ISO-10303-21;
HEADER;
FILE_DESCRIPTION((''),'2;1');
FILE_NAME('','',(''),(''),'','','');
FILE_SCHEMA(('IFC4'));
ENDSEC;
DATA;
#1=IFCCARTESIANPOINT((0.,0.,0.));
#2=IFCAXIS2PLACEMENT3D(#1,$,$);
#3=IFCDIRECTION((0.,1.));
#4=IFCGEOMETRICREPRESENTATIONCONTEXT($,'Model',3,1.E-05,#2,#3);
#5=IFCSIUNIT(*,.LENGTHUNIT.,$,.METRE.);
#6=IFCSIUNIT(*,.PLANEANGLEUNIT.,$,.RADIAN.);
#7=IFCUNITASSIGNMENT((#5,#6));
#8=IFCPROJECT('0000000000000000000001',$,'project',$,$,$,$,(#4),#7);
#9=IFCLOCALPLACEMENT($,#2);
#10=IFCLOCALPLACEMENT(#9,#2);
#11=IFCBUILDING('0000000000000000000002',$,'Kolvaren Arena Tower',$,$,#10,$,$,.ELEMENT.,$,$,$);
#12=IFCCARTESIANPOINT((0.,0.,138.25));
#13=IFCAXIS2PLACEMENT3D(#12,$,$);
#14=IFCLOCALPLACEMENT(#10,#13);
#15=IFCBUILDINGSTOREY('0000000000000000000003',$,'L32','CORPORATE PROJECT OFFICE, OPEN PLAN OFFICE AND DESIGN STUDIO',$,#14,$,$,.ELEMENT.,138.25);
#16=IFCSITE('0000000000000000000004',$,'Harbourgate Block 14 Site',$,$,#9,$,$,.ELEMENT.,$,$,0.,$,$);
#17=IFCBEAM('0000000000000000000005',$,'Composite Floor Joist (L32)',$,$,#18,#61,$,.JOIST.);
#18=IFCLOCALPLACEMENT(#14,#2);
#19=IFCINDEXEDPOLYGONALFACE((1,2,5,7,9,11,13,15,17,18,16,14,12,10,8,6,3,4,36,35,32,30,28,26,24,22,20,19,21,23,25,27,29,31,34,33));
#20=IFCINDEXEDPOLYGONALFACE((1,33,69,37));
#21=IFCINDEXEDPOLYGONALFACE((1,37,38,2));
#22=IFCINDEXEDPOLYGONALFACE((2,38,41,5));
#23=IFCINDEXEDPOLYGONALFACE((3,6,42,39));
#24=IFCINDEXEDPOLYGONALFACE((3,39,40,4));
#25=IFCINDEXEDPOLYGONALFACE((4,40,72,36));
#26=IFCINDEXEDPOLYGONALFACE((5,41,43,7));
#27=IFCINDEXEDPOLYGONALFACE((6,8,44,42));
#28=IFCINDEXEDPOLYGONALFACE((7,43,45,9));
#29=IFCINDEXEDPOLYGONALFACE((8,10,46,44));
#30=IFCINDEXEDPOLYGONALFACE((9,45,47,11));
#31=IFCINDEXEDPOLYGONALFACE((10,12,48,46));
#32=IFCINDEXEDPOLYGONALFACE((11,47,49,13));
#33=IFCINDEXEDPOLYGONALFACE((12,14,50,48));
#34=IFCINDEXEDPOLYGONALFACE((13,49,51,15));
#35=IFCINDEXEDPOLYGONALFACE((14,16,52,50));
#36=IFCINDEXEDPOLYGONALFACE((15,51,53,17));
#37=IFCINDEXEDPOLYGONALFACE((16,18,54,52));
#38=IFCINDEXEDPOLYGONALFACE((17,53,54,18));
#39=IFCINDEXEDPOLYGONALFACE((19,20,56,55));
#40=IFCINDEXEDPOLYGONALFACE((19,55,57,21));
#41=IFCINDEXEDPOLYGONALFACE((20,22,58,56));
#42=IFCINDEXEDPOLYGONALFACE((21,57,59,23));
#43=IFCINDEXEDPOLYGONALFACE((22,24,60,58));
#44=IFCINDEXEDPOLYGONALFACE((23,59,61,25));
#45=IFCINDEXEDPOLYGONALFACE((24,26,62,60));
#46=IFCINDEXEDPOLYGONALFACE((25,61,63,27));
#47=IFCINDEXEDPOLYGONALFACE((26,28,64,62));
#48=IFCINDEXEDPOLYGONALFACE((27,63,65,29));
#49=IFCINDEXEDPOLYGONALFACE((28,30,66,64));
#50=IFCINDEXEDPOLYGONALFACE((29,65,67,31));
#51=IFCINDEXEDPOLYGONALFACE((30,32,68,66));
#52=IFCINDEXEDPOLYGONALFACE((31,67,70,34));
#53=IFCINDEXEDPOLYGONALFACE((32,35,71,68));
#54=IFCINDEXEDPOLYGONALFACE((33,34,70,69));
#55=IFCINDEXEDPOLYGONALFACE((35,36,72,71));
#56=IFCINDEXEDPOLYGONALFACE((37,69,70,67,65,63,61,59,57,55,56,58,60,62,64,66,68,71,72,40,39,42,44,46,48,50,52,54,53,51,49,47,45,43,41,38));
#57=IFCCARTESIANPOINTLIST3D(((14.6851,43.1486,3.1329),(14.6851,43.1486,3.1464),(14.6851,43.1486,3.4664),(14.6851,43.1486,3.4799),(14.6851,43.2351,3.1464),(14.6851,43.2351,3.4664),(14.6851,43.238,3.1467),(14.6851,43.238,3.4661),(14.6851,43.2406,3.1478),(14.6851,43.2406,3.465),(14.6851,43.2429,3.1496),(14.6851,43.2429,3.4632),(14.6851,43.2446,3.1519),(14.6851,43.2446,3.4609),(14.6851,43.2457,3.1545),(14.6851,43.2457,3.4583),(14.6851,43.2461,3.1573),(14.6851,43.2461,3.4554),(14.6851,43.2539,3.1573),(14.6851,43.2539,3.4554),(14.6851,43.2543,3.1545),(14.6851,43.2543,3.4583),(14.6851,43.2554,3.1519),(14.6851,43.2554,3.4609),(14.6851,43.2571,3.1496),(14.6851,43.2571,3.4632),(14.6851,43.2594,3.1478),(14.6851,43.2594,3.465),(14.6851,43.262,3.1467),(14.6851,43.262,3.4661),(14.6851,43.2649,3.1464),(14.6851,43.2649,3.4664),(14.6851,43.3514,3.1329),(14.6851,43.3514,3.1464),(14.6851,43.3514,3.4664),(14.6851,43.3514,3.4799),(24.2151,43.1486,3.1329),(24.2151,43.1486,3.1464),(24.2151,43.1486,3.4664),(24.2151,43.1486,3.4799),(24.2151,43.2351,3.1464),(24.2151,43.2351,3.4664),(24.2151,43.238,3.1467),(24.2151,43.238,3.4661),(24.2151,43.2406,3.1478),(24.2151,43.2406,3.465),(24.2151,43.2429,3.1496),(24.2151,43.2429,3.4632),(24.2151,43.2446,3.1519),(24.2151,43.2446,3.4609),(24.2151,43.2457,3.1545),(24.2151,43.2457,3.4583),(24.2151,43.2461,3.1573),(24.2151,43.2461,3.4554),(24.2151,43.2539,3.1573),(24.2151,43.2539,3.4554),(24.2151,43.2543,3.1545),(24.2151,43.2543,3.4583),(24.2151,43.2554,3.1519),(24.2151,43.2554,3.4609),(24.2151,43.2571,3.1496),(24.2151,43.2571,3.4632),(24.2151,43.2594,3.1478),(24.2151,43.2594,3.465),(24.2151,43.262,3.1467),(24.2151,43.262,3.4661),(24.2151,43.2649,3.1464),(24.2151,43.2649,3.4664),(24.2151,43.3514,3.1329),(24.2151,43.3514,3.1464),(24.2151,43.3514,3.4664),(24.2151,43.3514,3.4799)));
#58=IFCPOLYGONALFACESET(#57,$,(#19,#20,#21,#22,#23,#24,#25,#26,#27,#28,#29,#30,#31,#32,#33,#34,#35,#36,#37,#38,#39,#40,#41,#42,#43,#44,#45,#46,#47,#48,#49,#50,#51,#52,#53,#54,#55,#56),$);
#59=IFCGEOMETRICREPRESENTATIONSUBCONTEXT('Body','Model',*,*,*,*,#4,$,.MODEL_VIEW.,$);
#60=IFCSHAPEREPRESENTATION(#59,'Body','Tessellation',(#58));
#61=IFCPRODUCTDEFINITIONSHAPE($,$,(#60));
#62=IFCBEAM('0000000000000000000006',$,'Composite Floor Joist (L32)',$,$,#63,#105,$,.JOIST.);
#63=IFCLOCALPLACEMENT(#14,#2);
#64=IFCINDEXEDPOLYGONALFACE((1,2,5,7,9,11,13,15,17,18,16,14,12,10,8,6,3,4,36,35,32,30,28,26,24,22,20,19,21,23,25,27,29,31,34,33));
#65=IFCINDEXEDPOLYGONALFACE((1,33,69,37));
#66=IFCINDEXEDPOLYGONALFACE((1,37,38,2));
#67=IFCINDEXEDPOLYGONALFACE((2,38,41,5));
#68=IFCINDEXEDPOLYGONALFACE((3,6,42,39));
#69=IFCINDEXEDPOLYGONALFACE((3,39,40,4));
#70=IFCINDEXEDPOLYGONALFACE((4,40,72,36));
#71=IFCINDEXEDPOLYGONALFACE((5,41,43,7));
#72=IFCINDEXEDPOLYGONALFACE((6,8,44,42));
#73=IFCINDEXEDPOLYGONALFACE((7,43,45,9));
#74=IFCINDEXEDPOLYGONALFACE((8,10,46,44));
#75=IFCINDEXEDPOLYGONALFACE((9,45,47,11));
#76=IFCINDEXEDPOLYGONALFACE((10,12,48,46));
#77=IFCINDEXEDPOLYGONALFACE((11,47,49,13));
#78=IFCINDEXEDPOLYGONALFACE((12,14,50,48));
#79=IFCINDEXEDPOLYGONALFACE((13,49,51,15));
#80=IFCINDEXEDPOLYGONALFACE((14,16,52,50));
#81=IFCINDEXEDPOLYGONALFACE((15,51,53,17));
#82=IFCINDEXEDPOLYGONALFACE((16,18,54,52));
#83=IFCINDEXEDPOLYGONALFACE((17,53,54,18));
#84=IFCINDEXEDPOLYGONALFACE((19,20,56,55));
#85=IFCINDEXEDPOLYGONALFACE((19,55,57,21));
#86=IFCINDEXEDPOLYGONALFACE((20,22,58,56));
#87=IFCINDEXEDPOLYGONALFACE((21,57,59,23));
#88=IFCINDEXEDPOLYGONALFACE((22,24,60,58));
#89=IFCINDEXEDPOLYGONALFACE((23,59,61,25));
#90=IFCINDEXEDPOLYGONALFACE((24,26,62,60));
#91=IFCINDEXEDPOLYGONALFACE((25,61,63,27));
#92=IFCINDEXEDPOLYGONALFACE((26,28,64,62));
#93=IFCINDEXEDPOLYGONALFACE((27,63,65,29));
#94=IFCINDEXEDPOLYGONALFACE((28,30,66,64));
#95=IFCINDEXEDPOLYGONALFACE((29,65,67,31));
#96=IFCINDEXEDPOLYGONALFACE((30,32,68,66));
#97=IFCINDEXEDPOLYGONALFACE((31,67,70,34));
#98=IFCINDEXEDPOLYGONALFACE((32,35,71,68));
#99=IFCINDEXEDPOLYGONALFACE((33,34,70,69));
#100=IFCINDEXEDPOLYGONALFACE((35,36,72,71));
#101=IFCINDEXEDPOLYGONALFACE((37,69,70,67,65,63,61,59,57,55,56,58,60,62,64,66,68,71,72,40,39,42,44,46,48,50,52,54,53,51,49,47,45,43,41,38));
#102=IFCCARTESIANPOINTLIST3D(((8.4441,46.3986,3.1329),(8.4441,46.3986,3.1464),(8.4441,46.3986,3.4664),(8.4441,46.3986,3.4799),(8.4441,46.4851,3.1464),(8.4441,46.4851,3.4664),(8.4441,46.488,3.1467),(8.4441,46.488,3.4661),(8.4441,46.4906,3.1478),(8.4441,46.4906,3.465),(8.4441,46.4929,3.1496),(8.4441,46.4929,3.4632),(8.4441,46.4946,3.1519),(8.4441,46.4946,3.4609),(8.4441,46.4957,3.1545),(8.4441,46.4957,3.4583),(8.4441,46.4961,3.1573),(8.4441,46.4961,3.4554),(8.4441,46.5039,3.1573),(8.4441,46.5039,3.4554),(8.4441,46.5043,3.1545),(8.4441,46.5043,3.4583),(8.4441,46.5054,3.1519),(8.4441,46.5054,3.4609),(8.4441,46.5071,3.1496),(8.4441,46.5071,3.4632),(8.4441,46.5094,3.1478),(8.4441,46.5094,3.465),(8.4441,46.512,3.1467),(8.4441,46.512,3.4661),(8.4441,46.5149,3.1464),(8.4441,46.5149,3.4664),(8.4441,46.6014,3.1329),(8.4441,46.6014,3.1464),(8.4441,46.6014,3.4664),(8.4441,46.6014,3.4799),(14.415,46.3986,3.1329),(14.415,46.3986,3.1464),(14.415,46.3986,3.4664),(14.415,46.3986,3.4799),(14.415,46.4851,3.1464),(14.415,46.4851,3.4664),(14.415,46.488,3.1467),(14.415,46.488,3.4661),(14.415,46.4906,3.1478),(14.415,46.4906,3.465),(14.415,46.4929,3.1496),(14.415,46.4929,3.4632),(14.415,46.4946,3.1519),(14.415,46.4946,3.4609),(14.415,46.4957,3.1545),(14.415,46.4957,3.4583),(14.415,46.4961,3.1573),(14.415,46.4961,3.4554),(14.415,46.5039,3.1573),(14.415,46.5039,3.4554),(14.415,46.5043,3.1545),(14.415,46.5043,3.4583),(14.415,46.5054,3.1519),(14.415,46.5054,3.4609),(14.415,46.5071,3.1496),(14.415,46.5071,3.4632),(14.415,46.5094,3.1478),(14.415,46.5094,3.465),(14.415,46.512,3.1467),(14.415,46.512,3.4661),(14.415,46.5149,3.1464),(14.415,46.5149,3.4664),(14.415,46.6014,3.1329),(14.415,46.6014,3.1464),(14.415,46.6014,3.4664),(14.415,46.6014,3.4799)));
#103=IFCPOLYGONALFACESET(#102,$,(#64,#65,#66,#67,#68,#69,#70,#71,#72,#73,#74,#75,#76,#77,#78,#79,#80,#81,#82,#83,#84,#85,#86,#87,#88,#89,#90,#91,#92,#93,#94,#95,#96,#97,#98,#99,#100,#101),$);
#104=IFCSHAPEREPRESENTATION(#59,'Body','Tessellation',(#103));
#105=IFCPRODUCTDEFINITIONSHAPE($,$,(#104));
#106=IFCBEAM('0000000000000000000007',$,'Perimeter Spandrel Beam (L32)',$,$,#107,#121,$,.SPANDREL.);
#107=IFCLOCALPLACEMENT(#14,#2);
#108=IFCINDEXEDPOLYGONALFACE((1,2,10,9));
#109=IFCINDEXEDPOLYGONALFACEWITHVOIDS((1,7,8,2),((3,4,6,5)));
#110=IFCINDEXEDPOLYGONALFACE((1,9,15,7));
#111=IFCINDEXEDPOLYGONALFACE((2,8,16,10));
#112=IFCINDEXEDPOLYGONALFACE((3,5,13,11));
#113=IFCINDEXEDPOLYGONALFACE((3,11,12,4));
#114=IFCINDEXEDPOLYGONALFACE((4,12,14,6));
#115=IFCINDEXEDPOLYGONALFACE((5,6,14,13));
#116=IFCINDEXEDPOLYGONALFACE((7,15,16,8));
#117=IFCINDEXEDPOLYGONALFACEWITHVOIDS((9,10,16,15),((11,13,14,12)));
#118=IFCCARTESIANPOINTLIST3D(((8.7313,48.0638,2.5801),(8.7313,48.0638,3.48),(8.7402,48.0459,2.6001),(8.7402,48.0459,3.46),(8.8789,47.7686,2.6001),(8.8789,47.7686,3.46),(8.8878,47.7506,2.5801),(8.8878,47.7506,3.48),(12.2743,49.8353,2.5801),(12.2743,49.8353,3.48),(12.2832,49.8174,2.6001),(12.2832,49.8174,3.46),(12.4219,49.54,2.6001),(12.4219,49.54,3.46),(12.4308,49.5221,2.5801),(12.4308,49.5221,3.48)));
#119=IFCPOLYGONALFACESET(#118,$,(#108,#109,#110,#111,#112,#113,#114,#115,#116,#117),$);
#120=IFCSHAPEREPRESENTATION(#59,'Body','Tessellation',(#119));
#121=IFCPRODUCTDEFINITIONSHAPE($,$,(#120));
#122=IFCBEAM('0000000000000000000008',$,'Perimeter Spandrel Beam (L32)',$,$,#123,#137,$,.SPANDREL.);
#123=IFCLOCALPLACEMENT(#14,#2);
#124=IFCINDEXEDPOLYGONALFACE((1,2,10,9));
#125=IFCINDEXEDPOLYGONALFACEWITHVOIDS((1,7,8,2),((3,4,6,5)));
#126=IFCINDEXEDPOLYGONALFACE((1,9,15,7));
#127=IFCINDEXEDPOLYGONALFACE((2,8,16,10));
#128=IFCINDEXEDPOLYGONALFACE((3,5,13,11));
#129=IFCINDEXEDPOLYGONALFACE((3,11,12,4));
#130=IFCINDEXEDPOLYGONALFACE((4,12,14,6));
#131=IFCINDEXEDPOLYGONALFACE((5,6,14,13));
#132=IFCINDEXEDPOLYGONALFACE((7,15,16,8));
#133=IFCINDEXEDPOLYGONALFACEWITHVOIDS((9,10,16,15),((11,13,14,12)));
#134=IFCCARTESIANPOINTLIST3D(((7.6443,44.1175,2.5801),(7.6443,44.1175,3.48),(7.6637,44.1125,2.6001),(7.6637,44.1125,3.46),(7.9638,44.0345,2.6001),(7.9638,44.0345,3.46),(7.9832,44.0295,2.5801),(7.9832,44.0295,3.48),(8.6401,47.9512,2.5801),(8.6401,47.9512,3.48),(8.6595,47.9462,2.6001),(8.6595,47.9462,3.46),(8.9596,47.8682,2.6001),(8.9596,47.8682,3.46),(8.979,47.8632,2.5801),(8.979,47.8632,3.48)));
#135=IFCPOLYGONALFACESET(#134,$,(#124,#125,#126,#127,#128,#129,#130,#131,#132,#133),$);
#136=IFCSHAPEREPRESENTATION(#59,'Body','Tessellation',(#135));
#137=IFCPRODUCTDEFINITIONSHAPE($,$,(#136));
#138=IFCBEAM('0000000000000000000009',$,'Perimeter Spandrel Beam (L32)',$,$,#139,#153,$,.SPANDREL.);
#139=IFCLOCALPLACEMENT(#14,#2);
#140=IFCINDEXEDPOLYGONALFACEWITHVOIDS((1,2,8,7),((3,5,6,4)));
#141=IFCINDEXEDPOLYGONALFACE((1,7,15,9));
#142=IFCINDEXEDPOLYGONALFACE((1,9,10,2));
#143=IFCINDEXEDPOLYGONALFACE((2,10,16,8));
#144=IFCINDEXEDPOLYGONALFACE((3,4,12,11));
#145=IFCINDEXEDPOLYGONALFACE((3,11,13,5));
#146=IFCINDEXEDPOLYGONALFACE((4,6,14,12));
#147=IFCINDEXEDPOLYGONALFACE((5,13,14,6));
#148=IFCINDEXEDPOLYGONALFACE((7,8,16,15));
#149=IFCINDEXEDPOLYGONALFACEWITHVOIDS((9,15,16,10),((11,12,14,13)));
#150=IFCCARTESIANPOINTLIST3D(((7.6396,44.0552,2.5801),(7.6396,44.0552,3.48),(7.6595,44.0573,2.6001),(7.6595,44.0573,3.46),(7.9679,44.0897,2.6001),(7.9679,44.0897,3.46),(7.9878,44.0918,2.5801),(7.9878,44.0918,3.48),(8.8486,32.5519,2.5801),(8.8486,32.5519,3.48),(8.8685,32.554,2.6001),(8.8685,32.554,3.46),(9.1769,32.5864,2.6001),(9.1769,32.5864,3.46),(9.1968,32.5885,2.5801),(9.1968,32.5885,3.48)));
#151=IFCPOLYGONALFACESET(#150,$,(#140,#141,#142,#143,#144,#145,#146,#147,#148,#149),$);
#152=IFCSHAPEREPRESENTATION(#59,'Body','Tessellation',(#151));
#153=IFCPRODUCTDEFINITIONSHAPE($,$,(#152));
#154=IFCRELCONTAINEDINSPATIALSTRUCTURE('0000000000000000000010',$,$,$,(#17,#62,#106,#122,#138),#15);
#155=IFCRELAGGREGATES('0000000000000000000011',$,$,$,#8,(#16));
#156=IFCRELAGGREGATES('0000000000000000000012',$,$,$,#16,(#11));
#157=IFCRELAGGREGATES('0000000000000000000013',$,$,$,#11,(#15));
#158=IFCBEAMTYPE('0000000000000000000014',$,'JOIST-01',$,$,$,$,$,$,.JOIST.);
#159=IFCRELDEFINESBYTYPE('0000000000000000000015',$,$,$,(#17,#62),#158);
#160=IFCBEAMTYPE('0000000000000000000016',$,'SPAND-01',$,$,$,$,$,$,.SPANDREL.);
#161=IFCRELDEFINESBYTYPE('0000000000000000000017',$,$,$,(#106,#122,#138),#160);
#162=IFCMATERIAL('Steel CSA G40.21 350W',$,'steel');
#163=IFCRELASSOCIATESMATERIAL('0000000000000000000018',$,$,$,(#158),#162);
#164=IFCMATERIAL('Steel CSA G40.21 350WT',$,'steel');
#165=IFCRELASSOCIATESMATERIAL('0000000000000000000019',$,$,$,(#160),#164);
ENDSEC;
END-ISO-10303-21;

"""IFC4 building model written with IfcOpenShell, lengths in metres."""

from ifc_helpers import new_model, si_unit, direction, frame, origin, origin_2d, place, context, subcontext, project, spatial, hollow_rectangle, i_section, extrude, material, material_profile, profile_set, type_object, element, save


model = new_model("IFC4")

# Units and contexts
model_context = context("Model", 3, precision=1e-05, world=origin(), true_north=direction((0.0, 1.0)))
body_context = subcontext(model_context, "Body", "Model", "MODEL_VIEW")
ifc_project = project(units=[si_unit("LENGTHUNIT", "METRE"), si_unit("PLANEANGLEUNIT", "RADIAN")], contexts=[model_context])

# Site, building, storey
site_placement = place(None, origin())
site = spatial("IfcSite", under=ifc_project, at=site_placement, Name="Harbourgate Block 14 Site", CompositionType="ELEMENT", RefElevation=0.0)
building_placement = place(site_placement, origin())
building = spatial("IfcBuilding", under=site, at=building_placement, Name="Kolvaren Arena Tower", CompositionType="ELEMENT")
storey_placement = place(building_placement, frame((0.0, 0.0, 138.25)))
storey = spatial("IfcBuildingStorey", under=building, at=storey_placement, Name="L32", Description="CORPORATE PROJECT OFFICE, OPEN PLAN OFFICE AND DESIGN STUDIO", CompositionType="ELEMENT", Elevation=138.25)

# Beams
ifc_material_1 = material(Name="Steel CSA G40.21 350W", Category="steel")
ifc_material_profile_1 = material_profile(ifc_material_1, i_section(OverallWidth=0.2029, OverallDepth=0.3469, WebThickness=0.0078, FlangeThickness=0.0134, FilletRadius=0.011, at=origin_2d()), Name="W360x64")
ifc_profile_set_1 = profile_set([ifc_material_profile_1], Name="Steel CSA G40.21 350W")
beam_type_1 = type_object("IfcBeamType", Name="JOIST-01", PredefinedType="JOIST", material=ifc_profile_set_1)
beam_1_placement = place(storey_placement, frame((14.6851, 43.25, 3.3064), z_axis=(1.0, 0.0, 0.0), x_axis=(0.0, 1.0, 0.0)))
element("IfcBeam", 1, at=beam_1_placement, inside=storey, type_object=beam_type_1, Name="Composite Floor Joist (L32)", PredefinedType="JOIST", context=body_context, shape_type="SweptSolid", body=[
    extrude(i_section(OverallWidth=0.2029, OverallDepth=0.3469, WebThickness=0.0078, FlangeThickness=0.0134, FilletRadius=0.011, at=origin_2d()), origin(), (0.0, 0.0, 1.0), 9.53),
])
beam_2_placement = place(storey_placement, frame((8.4441, 46.5, 3.3064), z_axis=(1.0, 0.0, 0.0), x_axis=(0.0, 1.0, 0.0)))
element("IfcBeam", 2, at=beam_2_placement, inside=storey, type_object=beam_type_1, Name="Composite Floor Joist (L32)", PredefinedType="JOIST", context=body_context, shape_type="SweptSolid", body=[
    extrude(i_section(OverallWidth=0.2029, OverallDepth=0.3469, WebThickness=0.0078, FlangeThickness=0.0134, FilletRadius=0.011, at=origin_2d()), origin(), (0.0, 0.0, 1.0), 5.9709),
])
ifc_material_2 = material(Name="Steel CSA G40.21 350WT", Category="steel")
ifc_material_profile_2 = material_profile(ifc_material_2, hollow_rectangle(XDim=0.3501, YDim=0.8999, WallThickness=0.02, at=origin_2d()), Name="HSS 900x350x20")
ifc_profile_set_2 = profile_set([ifc_material_profile_2], Name="Steel CSA G40.21 350WT")
beam_type_2 = type_object("IfcBeamType", Name="SPAND-01", PredefinedType="SPANDREL", material=ifc_profile_set_2)
beam_3_placement = place(storey_placement, frame((12.3525, 49.6787, 3.03), z_axis=(-0.894427, -0.447214, 0.0), x_axis=(0.447214, -0.894427, 0.0)))
element("IfcBeam", 3, at=beam_3_placement, inside=storey, type_object=beam_type_2, Name="Perimeter Spandrel Beam (L32)", PredefinedType="SPANDREL", context=body_context, shape_type="SweptSolid", body=[
    extrude(hollow_rectangle(XDim=0.3501, YDim=0.8999, WallThickness=0.02, at=origin_2d()), origin(), (0.0, 0.0, 1.0), 3.9612),
])
beam_4_placement = place(storey_placement, frame((8.8096, 47.9072, 3.03), z_axis=(-0.251416, -0.967879, 0.0), x_axis=(0.967879, -0.251416, 0.0)))
element("IfcBeam", 4, at=beam_4_placement, inside=storey, type_object=beam_type_2, Name="Perimeter Spandrel Beam (L32)", PredefinedType="SPANDREL", context=body_context, shape_type="SweptSolid", body=[
    extrude(hollow_rectangle(XDim=0.3501, YDim=0.8999, WallThickness=0.02, at=origin_2d()), origin(), (0.0, 0.0, 1.0), 3.9609),
])
beam_5_placement = place(storey_placement, frame((7.8137, 44.0735, 3.03), z_axis=(0.104524, -0.994522, 0.0), x_axis=(0.994522, 0.104524, 0.0)))
element("IfcBeam", 5, at=beam_5_placement, inside=storey, type_object=beam_type_2, Name="Perimeter Spandrel Beam (L32)", PredefinedType="SPANDREL", context=body_context, shape_type="SweptSolid", body=[
    extrude(hollow_rectangle(XDim=0.3501, YDim=0.8999, WallThickness=0.02, at=origin_2d()), origin(), (0.0, 0.0, 1.0), 11.5667),
])

save(model, "model.ifc")
